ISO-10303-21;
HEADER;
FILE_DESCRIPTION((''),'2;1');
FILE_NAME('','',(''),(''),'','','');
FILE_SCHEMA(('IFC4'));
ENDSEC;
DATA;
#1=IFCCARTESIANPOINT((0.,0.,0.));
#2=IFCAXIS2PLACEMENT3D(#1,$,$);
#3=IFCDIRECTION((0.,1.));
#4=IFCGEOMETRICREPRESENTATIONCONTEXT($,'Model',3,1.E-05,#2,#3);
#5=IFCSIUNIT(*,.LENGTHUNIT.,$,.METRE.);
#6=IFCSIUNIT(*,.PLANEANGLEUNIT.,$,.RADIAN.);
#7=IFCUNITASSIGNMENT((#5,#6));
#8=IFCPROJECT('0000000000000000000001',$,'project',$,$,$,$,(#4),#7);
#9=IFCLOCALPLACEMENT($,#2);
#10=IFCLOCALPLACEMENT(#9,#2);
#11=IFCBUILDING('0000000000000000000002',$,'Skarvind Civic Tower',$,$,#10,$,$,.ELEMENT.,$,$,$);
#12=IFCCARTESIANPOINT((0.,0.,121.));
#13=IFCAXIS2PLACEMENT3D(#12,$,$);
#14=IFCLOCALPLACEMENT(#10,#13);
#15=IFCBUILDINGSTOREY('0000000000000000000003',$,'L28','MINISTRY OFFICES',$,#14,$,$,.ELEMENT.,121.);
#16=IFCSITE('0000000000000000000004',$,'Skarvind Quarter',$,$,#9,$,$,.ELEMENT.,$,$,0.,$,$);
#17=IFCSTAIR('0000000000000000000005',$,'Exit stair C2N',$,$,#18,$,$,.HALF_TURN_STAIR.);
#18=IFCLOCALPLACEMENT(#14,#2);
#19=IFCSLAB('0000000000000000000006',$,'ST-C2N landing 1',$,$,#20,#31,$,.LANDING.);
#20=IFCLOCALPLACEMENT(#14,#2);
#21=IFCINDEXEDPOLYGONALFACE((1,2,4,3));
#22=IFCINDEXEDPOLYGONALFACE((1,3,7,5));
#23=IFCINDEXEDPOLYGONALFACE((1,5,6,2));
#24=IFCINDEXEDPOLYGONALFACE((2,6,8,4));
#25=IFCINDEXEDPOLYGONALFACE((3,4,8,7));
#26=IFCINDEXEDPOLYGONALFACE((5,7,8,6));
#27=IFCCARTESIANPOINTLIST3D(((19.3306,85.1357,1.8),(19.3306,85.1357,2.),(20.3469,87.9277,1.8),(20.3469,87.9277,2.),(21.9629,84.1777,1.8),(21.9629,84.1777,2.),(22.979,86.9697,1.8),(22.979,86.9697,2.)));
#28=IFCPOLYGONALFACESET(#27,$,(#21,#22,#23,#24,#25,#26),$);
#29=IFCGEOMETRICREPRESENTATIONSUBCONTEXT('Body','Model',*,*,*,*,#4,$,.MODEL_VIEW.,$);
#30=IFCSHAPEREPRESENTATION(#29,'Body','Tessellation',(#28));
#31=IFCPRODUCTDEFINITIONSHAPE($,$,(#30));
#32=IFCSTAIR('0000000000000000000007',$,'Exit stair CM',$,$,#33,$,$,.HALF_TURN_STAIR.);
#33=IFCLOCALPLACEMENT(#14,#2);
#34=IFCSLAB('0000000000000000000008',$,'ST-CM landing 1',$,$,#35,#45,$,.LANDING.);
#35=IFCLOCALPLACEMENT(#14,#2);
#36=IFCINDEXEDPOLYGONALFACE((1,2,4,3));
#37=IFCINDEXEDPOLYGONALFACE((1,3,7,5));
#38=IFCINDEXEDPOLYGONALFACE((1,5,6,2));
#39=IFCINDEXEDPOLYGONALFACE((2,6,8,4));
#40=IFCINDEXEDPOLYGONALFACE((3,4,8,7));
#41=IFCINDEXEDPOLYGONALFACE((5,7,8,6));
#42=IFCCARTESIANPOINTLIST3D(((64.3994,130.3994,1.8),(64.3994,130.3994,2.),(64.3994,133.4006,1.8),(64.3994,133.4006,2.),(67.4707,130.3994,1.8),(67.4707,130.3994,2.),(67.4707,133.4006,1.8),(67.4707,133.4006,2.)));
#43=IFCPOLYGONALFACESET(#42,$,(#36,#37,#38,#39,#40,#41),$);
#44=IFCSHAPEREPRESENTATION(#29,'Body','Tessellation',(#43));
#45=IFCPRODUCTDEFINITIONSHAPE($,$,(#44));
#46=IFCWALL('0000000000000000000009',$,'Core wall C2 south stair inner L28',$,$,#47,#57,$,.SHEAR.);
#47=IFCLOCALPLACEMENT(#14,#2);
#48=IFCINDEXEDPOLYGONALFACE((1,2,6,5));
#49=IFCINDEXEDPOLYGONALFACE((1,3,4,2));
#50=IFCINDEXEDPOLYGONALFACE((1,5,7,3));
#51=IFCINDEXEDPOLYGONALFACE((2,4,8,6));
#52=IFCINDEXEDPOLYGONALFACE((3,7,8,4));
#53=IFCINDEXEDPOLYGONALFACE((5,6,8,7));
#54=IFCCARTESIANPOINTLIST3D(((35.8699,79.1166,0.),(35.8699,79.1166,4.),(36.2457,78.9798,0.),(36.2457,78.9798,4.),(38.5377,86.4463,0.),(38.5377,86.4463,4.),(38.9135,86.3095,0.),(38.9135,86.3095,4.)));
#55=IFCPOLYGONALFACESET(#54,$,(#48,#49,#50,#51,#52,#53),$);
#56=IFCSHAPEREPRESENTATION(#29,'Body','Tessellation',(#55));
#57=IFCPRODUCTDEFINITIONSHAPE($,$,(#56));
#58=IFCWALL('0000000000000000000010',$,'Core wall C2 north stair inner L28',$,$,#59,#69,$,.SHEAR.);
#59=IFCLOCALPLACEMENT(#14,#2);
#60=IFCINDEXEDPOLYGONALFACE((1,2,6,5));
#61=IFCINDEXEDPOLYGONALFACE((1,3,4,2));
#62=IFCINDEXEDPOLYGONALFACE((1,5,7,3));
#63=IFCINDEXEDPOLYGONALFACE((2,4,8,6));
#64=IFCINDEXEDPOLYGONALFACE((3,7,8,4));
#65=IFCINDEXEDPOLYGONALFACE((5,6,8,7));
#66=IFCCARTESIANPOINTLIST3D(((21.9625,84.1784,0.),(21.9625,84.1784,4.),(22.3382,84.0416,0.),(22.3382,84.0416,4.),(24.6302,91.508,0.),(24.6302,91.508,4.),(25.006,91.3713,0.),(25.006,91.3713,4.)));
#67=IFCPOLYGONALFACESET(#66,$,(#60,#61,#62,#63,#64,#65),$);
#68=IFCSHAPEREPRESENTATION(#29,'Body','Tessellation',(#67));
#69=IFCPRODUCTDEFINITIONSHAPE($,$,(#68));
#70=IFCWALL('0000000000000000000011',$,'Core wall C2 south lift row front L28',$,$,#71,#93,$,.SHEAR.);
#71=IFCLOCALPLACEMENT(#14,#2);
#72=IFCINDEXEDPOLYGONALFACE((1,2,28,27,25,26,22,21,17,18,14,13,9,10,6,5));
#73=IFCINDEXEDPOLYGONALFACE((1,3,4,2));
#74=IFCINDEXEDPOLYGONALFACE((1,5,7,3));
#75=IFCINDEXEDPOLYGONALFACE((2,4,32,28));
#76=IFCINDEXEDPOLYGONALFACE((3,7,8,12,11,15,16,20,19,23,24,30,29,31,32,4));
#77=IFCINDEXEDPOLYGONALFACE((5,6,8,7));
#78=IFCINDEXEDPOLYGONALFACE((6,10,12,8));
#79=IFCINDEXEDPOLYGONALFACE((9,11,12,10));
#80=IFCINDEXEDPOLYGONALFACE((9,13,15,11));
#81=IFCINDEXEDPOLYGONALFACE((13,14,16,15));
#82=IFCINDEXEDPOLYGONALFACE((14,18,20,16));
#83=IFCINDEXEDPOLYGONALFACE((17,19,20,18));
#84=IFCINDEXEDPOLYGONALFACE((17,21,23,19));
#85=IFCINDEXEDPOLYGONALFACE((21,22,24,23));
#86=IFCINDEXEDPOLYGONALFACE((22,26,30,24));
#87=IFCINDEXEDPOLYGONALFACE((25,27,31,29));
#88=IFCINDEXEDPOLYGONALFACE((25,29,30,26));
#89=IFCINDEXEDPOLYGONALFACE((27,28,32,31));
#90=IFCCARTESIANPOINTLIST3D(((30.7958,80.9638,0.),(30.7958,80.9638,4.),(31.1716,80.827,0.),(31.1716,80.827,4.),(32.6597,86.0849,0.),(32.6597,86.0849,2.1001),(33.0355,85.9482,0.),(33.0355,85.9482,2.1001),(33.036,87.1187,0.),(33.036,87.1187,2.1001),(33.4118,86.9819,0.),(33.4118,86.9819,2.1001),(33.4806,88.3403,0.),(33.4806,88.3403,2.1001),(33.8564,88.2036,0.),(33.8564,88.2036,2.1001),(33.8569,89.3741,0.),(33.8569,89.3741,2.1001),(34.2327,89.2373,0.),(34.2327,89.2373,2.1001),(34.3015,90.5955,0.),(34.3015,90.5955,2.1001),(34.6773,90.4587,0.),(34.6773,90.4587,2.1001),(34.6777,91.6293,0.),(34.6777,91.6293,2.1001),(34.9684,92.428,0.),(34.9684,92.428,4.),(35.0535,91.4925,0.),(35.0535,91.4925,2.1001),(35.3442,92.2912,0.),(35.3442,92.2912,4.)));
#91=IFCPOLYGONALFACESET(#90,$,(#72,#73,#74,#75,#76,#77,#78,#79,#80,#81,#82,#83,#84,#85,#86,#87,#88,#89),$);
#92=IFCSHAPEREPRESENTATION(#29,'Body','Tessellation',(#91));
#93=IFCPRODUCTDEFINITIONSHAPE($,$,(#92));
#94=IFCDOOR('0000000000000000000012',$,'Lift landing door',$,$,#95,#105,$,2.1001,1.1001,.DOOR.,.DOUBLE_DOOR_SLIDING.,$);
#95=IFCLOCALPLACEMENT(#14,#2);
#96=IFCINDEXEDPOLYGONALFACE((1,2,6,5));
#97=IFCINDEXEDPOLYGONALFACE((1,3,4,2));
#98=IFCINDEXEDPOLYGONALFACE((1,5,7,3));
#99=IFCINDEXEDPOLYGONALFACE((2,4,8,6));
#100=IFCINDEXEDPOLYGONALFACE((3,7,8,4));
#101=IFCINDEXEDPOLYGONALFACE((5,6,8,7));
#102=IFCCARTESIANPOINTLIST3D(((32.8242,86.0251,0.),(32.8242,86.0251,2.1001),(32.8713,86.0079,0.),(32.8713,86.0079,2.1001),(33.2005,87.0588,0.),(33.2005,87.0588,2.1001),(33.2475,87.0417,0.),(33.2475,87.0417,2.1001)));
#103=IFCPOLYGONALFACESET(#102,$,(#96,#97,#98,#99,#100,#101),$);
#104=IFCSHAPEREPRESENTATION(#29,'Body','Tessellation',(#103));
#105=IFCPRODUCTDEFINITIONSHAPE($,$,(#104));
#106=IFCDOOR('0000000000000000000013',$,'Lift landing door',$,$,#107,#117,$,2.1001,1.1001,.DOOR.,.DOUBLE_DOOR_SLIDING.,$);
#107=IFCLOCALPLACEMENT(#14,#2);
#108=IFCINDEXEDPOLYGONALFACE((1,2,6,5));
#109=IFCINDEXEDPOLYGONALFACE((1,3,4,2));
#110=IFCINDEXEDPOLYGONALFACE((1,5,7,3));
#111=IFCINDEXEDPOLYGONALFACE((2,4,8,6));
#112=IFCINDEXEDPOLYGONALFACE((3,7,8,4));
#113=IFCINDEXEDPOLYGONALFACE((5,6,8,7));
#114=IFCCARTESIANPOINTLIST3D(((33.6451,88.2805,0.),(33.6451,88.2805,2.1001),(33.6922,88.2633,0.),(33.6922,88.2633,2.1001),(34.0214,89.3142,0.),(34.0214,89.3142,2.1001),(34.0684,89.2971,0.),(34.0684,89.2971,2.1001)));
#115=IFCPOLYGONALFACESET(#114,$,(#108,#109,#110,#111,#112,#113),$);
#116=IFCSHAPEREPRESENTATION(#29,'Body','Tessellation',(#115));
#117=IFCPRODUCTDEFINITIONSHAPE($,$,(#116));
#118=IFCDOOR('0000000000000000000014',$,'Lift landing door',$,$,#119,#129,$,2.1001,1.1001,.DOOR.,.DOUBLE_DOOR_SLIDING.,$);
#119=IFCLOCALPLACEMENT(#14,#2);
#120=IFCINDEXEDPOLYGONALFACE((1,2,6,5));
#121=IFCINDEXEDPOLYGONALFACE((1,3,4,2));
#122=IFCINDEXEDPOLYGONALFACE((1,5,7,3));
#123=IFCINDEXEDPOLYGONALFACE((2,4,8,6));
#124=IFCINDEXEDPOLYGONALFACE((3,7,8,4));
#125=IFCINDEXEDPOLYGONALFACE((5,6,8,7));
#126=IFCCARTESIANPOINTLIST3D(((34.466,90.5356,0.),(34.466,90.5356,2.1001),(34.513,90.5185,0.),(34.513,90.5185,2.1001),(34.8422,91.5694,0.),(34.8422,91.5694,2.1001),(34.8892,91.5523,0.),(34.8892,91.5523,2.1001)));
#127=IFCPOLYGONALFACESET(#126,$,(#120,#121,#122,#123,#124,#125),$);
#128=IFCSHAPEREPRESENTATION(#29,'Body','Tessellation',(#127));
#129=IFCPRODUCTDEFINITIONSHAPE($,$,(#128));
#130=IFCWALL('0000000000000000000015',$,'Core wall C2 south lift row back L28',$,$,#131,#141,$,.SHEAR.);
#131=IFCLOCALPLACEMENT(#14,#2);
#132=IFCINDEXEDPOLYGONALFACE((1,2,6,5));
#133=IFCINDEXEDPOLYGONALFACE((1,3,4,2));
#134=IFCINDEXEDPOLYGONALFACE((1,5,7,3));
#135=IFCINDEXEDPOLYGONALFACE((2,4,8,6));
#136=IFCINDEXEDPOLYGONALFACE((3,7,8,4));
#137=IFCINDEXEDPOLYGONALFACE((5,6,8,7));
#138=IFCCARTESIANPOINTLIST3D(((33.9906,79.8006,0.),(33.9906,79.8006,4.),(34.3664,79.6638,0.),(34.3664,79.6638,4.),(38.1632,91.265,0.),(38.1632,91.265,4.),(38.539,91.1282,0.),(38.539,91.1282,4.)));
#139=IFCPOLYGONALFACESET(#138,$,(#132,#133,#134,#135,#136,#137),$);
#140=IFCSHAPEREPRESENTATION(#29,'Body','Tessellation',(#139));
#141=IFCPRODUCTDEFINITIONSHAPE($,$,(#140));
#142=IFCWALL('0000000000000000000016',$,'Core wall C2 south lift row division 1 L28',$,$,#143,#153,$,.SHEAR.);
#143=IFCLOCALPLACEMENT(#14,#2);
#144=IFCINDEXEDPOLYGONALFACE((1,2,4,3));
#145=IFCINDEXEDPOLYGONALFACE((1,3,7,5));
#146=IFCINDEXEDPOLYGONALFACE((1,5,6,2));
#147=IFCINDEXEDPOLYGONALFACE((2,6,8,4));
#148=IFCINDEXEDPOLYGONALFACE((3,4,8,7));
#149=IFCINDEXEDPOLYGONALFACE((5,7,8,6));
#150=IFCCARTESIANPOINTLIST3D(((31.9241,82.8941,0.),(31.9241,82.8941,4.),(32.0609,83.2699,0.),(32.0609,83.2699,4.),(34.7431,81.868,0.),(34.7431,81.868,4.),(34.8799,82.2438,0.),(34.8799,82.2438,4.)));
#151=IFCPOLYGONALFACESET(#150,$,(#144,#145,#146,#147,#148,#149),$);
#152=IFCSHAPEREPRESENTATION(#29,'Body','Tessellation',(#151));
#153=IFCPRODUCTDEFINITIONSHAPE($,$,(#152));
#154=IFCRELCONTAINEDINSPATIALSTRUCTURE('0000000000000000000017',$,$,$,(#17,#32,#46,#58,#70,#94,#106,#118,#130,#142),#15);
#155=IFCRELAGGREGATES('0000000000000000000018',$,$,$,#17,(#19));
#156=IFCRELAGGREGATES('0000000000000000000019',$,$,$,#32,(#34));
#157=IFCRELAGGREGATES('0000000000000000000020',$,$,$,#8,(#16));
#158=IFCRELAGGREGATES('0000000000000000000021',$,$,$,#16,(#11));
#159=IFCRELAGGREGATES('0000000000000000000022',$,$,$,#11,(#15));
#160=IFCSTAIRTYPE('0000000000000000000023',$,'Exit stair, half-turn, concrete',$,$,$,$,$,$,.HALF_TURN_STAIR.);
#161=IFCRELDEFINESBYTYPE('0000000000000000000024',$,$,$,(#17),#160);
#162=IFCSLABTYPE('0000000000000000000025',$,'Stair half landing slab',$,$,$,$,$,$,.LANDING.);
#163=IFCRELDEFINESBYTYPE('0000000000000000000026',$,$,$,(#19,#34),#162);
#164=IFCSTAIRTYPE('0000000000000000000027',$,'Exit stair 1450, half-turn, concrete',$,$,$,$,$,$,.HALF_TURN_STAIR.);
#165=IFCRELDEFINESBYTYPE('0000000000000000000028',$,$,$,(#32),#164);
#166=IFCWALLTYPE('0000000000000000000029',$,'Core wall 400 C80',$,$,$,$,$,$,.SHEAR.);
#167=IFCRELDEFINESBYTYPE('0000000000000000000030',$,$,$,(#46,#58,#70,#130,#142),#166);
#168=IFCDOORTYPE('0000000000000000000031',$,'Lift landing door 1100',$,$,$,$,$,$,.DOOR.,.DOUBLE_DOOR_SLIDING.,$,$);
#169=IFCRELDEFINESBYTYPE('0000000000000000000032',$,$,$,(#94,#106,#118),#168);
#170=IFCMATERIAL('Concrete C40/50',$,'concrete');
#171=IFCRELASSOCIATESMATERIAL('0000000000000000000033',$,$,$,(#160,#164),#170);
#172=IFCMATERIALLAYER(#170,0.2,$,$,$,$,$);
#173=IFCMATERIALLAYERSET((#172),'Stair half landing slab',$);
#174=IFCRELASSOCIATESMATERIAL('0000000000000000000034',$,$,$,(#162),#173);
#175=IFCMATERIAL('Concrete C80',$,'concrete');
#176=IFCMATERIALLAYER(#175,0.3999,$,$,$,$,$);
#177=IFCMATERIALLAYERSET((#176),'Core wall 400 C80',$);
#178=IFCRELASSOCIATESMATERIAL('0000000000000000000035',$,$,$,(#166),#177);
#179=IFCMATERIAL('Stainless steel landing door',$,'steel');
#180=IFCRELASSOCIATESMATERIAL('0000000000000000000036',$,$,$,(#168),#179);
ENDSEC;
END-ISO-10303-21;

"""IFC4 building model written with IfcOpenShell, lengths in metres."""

from ifc_helpers import new_model, si_unit, direction, frame, frame_2d, origin, place, context, subcontext, project, spatial, polyline, rectangle, outline, extrude, material, layer, layer_set, type_object, element, fill, aggregate, save


model = new_model("IFC4")

# Units and contexts
model_context = context("Model", 3, precision=1e-05, world=origin(), true_north=direction((0.0, 1.0)))
body_context = subcontext(model_context, "Body", "Model", "MODEL_VIEW")
ifc_project = project(units=[si_unit("LENGTHUNIT", "METRE"), si_unit("PLANEANGLEUNIT", "RADIAN")], contexts=[model_context])

# Site, building, storey
site_placement = place(None, origin())
site = spatial("IfcSite", under=ifc_project, at=site_placement, Name="Skarvind Quarter", CompositionType="ELEMENT", RefElevation=0.0)
building_placement = place(site_placement, origin())
building = spatial("IfcBuilding", under=site, at=building_placement, Name="Skarvind Civic Tower", CompositionType="ELEMENT")
storey_placement = place(building_placement, frame((0.0, 0.0, 121.0)))
storey = spatial("IfcBuildingStorey", under=building, at=storey_placement, Name="L28", Description="MINISTRY OFFICES", CompositionType="ELEMENT", Elevation=121.0)

# Shared definitions
ifc_material_1 = material(Name="Concrete C40/50", Category="concrete")

# Stairs, slabs
stair_type_1 = type_object("IfcStairType", Name="Exit stair, half-turn, concrete", PredefinedType="HALF_TURN_STAIR", material=ifc_material_1)
ifc_layer_1 = layer(ifc_material_1, 0.2)
ifc_layer_set_1 = layer_set([ifc_layer_1], Name="Stair half landing slab")
slab_type_1 = type_object("IfcSlabType", Name="Stair half landing slab", PredefinedType="LANDING", material=ifc_layer_set_1)
stair_1_placement = place(storey_placement, origin())
stair_1 = element("IfcStair", 1, at=stair_1_placement, inside=storey, type_object=stair_type_1, Name="Exit stair C2N", PredefinedType="HALF_TURN_STAIR")
slab_1_placement = place(storey_placement, frame((0.0, 0.0, 1.8)))
slab_1 = element("IfcSlab", 2, at=slab_1_placement, type_object=slab_type_1, Name="ST-C2N landing 1", PredefinedType="LANDING", context=body_context, shape_type="SweptSolid", body=[
    extrude(outline(polyline([(20.3469, 87.9277), (22.979, 86.9697), (21.9629, 84.1777), (19.3306, 85.1357), (20.3469, 87.9277)])), origin(), (0.0, 0.0, 1.0), 0.2),
])
aggregate(stair_1, [slab_1])
stair_type_2 = type_object("IfcStairType", Name="Exit stair 1450, half-turn, concrete", PredefinedType="HALF_TURN_STAIR", material=ifc_material_1)
stair_2_placement = place(storey_placement, origin())
stair_2 = element("IfcStair", 3, at=stair_2_placement, inside=storey, type_object=stair_type_2, Name="Exit stair CM", PredefinedType="HALF_TURN_STAIR")
slab_2_placement = place(storey_placement, frame((0.0, 0.0, 1.8)))
slab_2 = element("IfcSlab", 4, at=slab_2_placement, type_object=slab_type_1, Name="ST-CM landing 1", PredefinedType="LANDING", context=body_context, shape_type="SweptSolid", body=[
    extrude(outline(polyline([(67.4707, 133.4006), (67.4707, 130.3994), (64.3994, 130.3994), (64.3994, 133.4006), (67.4707, 133.4006)])), origin(), (0.0, 0.0, 1.0), 0.2),
])
aggregate(stair_2, [slab_2])

# Walls
ifc_material_2 = material(Name="Concrete C80", Category="concrete")
ifc_layer_2 = layer(ifc_material_2, 0.3999)
ifc_layer_set_2 = layer_set([ifc_layer_2], Name="Core wall 400 C80")
wall_type_1 = type_object("IfcWallType", Name="Core wall 400 C80", PredefinedType="SHEAR", material=ifc_layer_set_2)
for number, where, z_axis, x_axis, name in (
    (5, (36.0579, 79.0483, 0.0), (0.0, 0.0, 1.0), (0.342017, 0.939694, 0.0), "Core wall C2 south stair inner L28"),
    (6, (22.1504, 84.1101, 0.0), (0.0, 0.0, 1.0), (0.342017, 0.939694, 0.0), "Core wall C2 north stair inner L28"),
):
    element("IfcWall", number, at=place(storey_placement, frame(where, z_axis=z_axis, x_axis=x_axis)), inside=storey, type_object=wall_type_1, Name=name, PredefinedType="SHEAR", context=body_context, shape_type="SweptSolid", body=[
        extrude(rectangle(XDim=7.8, YDim=0.3999, at=frame_2d((3.8999, 0.0))), origin(), (0.0, 0.0, 1.0), 4.0),
    ])

# Wall, openings, doors
wall_1_placement = place(storey_placement, frame((30.9836, 80.8953, 0.0), z_axis=(0.0, 0.0, 1.0), x_axis=(0.342021, 0.939692, 0.0)))
wall_1 = element("IfcWall", 7, at=wall_1_placement, inside=storey, type_object=wall_type_1, Name="Core wall C2 south lift row front L28", PredefinedType="SHEAR", context=body_context, shape_type="SweptSolid", body=[
    extrude(rectangle(XDim=12.2, YDim=0.3999, at=frame_2d((6.1001, 0.0))), origin(), (0.0, 0.0, 1.0), 4.0),
])
opening_1_placement = place(wall_1_placement, frame((5.45, 0.0, 0.0)))
opening_1 = element("IfcOpeningElement", 8, at=opening_1_placement, cuts=wall_1, PredefinedType="OPENING", context=body_context, shape_type="SweptSolid", body=[
    extrude(rectangle(XDim=1.1001, YDim=2.1001, at=frame_2d((0.55, 1.05))), frame((0.0, 0.21, 0.0), z_axis=(0.0, -1.0, 0.0), x_axis=(1.0, 0.0, 0.0)), (0.0, 0.0, 1.0), 0.4199),
])
opening_2_placement = place(wall_1_placement, frame((7.8501, 0.0, 0.0)))
opening_2 = element("IfcOpeningElement", 9, at=opening_2_placement, cuts=wall_1, PredefinedType="OPENING", context=body_context, shape_type="SweptSolid", body=[
    extrude(rectangle(XDim=1.1001, YDim=2.1001, at=frame_2d((0.55, 1.05))), frame((0.0, 0.21, 0.0), z_axis=(0.0, -1.0, 0.0), x_axis=(1.0, 0.0, 0.0)), (0.0, 0.0, 1.0), 0.4199),
])
opening_3_placement = place(wall_1_placement, frame((10.25, 0.0, 0.0)))
opening_3 = element("IfcOpeningElement", 10, at=opening_3_placement, cuts=wall_1, PredefinedType="OPENING", context=body_context, shape_type="SweptSolid", body=[
    extrude(rectangle(XDim=1.1001, YDim=2.1001, at=frame_2d((0.55, 1.05))), frame((0.0, 0.21, 0.0), z_axis=(0.0, -1.0, 0.0), x_axis=(1.0, 0.0, 0.0)), (0.0, 0.0, 1.0), 0.4199),
])
ifc_material_3 = material(Name="Stainless steel landing door", Category="steel")
door_type_1 = type_object("IfcDoorType", Name="Lift landing door 1100", OperationType="DOUBLE_DOOR_SLIDING", PredefinedType="DOOR", material=ifc_material_3)
door_1_placement = place(opening_1_placement, origin())
door_1 = element("IfcDoor", 11, at=door_1_placement, inside=storey, type_object=door_type_1, Name="Lift landing door", OperationType="DOUBLE_DOOR_SLIDING", OverallHeight=2.1001, OverallWidth=1.1001, PredefinedType="DOOR", context=body_context, shape_type="SweptSolid", body=[
    extrude(rectangle(XDim=1.1001, YDim=2.1001, at=frame_2d((0.55, 1.05))), frame((0.0, 0.0249, 0.0), z_axis=(0.0, -1.0, 0.0), x_axis=(1.0, 0.0, 0.0)), (0.0, 0.0, 1.0), 0.05),
])
fill(opening_1, door_1)
door_2_placement = place(opening_2_placement, origin())
door_2 = element("IfcDoor", 12, at=door_2_placement, inside=storey, type_object=door_type_1, Name="Lift landing door", OperationType="DOUBLE_DOOR_SLIDING", OverallHeight=2.1001, OverallWidth=1.1001, PredefinedType="DOOR", context=body_context, shape_type="SweptSolid", body=[
    extrude(rectangle(XDim=1.1001, YDim=2.1001, at=frame_2d((0.55, 1.05))), frame((0.0, 0.0249, 0.0), z_axis=(0.0, -1.0, 0.0), x_axis=(1.0, 0.0, 0.0)), (0.0, 0.0, 1.0), 0.05),
])
fill(opening_2, door_2)
door_3_placement = place(opening_3_placement, origin())
door_3 = element("IfcDoor", 13, at=door_3_placement, inside=storey, type_object=door_type_1, Name="Lift landing door", OperationType="DOUBLE_DOOR_SLIDING", OverallHeight=2.1001, OverallWidth=1.1001, PredefinedType="DOOR", context=body_context, shape_type="SweptSolid", body=[
    extrude(rectangle(XDim=1.1001, YDim=2.1001, at=frame_2d((0.55, 1.05))), frame((0.0, 0.0249, 0.0), z_axis=(0.0, -1.0, 0.0), x_axis=(1.0, 0.0, 0.0)), (0.0, 0.0, 1.0), 0.05),
])
fill(opening_3, door_3)

# Walls
wall_2_placement = place(storey_placement, frame((34.1785, 79.7322, 0.0), z_axis=(0.0, 0.0, 1.0), x_axis=(0.342015, 0.939695, 0.0)))
element("IfcWall", 14, at=wall_2_placement, inside=storey, type_object=wall_type_1, Name="Core wall C2 south lift row back L28", PredefinedType="SHEAR", context=body_context, shape_type="SweptSolid", body=[
    extrude(rectangle(XDim=12.2002, YDim=0.3999, at=frame_2d((6.1001, 0.0))), origin(), (0.0, 0.0, 1.0), 4.0),
])
wall_3_placement = place(storey_placement, frame((34.8115, 82.0559, 0.0), z_axis=(0.0, 0.0, 1.0), x_axis=(-0.939686, 0.342037, 0.0)))
element("IfcWall", 15, at=wall_3_placement, inside=storey, type_object=wall_type_1, Name="Core wall C2 south lift row division 1 L28", PredefinedType="SHEAR", context=body_context, shape_type="SweptSolid", body=[
    extrude(rectangle(XDim=3.0, YDim=0.3999, at=frame_2d((1.5, 0.0))), origin(), (0.0, 0.0, 1.0), 4.0),
])

save(model, "model.ifc")
